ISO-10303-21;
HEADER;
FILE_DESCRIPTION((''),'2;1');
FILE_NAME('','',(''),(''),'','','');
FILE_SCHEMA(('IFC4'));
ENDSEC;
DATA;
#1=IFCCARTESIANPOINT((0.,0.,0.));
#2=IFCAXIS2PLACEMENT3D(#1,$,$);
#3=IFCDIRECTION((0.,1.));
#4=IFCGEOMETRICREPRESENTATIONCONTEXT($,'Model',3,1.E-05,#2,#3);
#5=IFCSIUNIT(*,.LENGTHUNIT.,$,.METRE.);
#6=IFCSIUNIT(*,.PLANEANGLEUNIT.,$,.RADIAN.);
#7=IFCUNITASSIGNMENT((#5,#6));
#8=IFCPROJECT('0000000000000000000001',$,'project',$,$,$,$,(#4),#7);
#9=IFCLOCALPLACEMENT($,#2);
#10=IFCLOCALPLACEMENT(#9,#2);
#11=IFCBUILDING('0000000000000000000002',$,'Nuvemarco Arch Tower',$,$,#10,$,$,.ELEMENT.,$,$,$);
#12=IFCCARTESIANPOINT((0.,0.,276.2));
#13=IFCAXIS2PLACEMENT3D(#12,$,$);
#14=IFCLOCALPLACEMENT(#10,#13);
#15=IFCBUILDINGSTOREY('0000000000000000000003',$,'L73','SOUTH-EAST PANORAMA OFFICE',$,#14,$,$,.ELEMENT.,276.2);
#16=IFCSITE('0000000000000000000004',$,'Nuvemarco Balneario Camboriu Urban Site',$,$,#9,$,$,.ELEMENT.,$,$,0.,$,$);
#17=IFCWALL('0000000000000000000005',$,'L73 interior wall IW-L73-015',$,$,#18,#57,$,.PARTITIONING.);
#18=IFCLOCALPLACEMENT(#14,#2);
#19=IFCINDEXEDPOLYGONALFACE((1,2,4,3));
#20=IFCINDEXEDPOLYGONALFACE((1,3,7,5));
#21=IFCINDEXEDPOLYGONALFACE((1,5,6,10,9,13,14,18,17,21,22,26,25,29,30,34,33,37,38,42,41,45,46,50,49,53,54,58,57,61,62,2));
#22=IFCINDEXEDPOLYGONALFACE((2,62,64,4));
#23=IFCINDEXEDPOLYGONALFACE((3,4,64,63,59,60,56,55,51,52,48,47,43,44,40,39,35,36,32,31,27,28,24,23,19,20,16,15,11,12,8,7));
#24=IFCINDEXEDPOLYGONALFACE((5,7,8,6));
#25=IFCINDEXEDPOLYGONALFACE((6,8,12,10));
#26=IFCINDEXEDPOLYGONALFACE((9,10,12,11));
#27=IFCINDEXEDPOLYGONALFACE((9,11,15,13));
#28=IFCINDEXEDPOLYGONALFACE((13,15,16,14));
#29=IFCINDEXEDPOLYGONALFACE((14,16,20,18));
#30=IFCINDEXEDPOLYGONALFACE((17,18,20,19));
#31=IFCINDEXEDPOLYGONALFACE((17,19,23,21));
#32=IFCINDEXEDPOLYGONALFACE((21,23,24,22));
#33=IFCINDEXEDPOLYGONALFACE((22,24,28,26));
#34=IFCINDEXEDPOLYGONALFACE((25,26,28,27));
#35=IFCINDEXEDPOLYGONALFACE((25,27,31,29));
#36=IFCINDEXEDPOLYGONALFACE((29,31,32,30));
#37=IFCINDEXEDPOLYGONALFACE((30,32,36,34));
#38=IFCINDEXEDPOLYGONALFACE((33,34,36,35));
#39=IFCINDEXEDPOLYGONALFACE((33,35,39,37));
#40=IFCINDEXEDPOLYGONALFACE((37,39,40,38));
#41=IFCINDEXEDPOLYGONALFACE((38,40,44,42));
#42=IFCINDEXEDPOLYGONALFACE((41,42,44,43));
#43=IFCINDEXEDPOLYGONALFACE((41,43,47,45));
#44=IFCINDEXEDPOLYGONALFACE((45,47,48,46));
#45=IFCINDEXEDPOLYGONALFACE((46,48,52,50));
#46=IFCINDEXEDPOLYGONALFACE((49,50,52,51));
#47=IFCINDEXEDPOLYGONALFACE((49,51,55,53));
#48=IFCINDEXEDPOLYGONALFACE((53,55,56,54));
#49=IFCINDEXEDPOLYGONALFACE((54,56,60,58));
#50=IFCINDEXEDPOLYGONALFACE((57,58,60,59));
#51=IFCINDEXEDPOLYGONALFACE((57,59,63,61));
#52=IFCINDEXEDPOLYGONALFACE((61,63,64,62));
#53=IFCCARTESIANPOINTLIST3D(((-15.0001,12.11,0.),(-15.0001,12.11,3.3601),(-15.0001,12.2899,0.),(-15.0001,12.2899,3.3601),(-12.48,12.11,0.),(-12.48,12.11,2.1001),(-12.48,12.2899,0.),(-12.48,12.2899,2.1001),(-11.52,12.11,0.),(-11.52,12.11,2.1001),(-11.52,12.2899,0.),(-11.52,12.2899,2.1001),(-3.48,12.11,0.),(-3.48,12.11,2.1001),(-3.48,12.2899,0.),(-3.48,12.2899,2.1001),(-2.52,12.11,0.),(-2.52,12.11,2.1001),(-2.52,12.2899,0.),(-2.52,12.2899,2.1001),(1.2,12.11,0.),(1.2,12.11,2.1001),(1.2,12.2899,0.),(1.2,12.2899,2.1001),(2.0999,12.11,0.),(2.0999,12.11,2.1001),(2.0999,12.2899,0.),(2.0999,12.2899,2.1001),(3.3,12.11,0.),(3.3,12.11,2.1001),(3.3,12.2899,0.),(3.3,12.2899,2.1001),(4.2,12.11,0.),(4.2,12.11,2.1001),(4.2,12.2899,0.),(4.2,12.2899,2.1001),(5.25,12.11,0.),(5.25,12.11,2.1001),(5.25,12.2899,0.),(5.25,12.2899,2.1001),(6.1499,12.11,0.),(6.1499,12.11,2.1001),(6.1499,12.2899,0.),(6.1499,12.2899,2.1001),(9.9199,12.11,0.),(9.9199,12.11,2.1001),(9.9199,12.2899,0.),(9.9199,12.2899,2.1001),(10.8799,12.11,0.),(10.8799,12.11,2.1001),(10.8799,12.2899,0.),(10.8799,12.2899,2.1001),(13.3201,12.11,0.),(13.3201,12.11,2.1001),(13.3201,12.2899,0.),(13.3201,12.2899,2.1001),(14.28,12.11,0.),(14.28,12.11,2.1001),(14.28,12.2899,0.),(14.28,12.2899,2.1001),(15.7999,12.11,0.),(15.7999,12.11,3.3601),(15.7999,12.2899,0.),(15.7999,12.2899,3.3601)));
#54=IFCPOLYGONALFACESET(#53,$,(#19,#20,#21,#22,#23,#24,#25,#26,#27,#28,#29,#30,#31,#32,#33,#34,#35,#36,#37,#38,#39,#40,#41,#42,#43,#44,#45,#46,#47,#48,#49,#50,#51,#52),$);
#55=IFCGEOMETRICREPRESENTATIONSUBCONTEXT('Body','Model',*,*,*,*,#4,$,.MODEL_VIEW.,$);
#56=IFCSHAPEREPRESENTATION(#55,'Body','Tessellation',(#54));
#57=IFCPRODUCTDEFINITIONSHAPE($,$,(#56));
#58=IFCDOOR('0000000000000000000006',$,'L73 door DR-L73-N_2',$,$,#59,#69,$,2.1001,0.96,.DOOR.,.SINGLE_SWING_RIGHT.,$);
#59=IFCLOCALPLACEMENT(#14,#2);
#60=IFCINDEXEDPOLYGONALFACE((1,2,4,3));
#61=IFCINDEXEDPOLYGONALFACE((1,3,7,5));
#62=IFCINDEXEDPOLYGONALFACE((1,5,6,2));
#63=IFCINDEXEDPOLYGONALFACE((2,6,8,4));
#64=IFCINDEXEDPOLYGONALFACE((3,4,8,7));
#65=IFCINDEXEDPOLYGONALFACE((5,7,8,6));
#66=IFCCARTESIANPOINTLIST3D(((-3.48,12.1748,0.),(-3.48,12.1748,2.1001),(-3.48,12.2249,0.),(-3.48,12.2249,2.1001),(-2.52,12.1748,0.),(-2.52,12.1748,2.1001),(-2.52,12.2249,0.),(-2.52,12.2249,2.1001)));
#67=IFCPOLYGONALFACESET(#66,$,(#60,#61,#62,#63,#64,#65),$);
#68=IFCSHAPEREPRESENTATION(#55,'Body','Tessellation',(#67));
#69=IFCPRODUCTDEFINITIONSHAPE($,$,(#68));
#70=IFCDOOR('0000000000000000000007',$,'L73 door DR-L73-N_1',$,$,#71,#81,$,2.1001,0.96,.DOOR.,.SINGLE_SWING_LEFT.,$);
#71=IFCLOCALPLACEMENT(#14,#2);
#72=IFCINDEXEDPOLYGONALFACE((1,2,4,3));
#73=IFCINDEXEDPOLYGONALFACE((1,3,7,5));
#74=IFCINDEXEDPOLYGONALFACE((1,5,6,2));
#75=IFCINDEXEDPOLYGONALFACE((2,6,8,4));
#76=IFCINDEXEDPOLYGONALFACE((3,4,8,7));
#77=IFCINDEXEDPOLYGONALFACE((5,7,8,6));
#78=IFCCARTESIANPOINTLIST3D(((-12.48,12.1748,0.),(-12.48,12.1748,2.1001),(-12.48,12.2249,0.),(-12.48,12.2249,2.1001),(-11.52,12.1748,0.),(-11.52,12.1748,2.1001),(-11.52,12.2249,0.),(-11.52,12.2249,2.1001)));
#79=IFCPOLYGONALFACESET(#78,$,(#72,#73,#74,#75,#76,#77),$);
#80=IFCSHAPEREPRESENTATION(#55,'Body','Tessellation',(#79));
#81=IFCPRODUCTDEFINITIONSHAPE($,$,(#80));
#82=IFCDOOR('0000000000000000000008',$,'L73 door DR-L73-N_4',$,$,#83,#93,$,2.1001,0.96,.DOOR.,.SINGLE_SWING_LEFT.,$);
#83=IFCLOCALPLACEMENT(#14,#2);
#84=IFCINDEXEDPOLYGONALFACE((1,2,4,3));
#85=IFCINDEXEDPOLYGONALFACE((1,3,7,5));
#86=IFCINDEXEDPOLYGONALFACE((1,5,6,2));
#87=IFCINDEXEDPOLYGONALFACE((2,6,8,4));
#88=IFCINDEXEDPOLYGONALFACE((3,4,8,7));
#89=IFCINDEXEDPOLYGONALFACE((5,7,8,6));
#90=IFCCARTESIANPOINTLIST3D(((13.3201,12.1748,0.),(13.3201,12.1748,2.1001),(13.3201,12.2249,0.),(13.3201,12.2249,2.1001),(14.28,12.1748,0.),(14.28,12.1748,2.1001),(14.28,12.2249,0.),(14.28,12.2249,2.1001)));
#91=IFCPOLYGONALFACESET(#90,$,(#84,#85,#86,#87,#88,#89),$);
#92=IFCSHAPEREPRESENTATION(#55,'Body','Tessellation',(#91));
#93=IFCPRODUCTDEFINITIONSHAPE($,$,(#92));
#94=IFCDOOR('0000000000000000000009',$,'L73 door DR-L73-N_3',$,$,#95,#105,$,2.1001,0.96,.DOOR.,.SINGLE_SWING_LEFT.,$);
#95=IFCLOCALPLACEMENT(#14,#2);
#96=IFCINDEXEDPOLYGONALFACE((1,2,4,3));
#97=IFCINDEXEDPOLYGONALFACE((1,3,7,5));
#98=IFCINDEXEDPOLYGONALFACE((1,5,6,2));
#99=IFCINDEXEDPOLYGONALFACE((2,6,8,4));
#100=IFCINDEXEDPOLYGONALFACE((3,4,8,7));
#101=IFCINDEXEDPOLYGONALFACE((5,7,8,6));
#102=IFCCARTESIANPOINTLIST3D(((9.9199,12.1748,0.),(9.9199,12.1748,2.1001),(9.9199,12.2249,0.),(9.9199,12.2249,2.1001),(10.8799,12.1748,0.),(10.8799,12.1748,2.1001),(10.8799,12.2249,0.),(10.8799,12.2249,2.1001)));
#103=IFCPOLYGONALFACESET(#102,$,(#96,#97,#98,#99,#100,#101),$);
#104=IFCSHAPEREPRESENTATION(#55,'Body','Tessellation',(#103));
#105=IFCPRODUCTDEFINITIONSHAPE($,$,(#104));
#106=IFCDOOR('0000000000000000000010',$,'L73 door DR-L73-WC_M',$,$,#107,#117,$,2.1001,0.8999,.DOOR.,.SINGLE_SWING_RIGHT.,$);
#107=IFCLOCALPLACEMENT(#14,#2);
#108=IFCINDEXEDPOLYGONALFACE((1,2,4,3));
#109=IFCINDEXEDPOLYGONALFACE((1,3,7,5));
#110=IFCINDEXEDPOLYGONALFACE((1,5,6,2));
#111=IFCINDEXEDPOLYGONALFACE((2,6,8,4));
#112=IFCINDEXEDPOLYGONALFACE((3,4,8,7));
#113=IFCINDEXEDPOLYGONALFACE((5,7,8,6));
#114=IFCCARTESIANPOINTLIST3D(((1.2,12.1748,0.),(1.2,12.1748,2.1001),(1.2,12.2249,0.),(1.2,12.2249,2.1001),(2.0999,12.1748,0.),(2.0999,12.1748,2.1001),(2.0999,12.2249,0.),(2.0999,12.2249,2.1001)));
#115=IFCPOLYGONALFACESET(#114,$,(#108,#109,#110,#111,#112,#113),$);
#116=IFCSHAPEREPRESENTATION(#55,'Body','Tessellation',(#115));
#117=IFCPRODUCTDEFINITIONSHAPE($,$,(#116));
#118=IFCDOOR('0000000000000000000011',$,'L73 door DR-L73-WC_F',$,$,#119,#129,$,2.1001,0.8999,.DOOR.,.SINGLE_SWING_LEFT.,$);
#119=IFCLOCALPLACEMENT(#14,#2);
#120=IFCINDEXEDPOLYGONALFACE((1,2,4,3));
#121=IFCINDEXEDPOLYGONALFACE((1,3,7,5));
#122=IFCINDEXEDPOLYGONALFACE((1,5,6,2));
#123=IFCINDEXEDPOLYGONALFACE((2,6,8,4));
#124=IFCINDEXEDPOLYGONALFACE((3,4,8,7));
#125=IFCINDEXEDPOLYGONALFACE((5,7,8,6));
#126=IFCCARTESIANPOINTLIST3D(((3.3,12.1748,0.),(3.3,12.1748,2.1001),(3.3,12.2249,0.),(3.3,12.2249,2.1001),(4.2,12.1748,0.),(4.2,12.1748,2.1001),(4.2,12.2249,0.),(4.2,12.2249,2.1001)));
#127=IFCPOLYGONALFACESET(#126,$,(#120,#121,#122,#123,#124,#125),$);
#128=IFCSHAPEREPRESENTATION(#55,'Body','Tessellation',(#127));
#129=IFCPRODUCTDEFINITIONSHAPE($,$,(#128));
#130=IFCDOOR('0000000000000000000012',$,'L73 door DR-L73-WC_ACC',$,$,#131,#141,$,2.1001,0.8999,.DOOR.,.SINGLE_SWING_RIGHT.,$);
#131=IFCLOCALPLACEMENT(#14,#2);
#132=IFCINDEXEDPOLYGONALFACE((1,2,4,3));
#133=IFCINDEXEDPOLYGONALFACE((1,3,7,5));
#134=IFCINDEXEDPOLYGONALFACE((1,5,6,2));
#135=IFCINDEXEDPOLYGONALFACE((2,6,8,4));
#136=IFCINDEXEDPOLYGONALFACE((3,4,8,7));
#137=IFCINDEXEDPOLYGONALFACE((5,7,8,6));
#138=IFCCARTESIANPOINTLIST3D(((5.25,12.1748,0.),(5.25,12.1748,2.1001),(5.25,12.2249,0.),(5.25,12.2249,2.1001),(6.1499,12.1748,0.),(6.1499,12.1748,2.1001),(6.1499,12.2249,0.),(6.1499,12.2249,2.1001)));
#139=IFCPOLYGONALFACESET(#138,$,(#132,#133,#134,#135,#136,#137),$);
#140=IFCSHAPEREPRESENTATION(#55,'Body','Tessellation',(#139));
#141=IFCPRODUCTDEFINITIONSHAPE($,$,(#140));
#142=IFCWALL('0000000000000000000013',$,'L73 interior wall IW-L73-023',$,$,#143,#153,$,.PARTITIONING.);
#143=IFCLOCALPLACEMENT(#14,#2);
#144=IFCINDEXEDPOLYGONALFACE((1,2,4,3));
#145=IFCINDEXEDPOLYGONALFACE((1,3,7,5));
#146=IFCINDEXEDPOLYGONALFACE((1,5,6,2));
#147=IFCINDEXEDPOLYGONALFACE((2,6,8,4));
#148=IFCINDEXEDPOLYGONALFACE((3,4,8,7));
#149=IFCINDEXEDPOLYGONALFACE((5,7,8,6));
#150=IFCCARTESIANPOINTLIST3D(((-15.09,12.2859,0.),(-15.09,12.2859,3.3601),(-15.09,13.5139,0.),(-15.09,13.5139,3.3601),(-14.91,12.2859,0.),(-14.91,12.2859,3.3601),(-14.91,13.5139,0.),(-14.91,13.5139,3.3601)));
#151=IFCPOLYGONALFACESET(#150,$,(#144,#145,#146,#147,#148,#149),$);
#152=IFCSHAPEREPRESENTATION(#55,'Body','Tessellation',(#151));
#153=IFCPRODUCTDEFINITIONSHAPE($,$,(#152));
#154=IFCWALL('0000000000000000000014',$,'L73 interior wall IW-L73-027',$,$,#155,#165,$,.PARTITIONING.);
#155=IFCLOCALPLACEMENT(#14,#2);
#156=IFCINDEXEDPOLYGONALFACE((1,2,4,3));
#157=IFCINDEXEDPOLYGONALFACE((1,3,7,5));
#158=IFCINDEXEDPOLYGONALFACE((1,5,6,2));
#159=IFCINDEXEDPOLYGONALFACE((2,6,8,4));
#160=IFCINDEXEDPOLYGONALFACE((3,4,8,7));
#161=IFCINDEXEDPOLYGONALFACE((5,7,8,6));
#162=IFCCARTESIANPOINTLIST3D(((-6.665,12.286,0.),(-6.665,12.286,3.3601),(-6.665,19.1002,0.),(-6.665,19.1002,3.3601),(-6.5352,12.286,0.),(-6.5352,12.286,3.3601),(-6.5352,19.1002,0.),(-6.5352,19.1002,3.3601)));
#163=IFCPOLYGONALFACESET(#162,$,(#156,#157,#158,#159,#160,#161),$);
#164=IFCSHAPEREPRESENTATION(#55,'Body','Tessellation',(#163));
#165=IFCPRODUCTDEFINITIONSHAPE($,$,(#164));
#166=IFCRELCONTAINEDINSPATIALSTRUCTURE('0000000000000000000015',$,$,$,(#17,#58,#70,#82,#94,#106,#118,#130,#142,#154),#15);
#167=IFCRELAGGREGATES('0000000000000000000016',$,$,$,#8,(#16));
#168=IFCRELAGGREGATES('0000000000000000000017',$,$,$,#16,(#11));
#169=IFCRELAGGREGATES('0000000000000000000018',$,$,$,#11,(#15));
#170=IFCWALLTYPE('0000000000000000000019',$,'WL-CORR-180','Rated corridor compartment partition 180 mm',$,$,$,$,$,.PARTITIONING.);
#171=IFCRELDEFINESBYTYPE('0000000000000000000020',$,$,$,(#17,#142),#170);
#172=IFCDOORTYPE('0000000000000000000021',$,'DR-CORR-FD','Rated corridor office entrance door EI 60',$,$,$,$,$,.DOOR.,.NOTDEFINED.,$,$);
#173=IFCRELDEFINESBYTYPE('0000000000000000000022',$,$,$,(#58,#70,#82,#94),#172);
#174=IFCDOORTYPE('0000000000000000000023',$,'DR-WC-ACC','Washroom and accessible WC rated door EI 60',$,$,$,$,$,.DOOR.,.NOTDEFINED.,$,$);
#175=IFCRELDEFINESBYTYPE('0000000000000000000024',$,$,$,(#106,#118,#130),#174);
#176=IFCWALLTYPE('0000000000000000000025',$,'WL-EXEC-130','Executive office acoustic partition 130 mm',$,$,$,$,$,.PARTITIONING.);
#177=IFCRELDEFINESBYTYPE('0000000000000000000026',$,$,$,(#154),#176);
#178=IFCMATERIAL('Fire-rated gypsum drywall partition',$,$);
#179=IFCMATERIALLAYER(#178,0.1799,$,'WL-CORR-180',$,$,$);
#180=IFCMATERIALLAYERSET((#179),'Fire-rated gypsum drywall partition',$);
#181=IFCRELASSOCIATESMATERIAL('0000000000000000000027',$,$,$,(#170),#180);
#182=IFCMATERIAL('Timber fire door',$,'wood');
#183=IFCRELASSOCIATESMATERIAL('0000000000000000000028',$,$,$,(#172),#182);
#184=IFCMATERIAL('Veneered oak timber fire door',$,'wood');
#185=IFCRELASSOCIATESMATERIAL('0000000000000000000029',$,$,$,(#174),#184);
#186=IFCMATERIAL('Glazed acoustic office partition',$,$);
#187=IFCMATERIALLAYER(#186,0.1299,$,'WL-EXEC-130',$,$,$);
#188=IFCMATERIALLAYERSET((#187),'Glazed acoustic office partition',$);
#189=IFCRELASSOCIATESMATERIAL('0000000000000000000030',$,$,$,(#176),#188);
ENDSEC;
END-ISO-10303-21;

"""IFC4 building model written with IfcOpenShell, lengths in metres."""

from ifc_helpers import new_model, si_unit, direction, frame, frame_2d, origin, place, context, subcontext, project, spatial, rectangle, extrude, source, transform, mapped, material, layer, layer_set, type_object, type_shapes, element, fill, save


model = new_model("IFC4")

# Units and contexts
model_context = context("Model", 3, precision=1e-05, world=origin(), true_north=direction((0.0, 1.0)))
body_context = subcontext(model_context, "Body", "Model", "MODEL_VIEW")
ifc_project = project(units=[si_unit("LENGTHUNIT", "METRE"), si_unit("PLANEANGLEUNIT", "RADIAN")], contexts=[model_context])

# Site, building, storey
site_placement = place(None, origin())
site = spatial("IfcSite", under=ifc_project, at=site_placement, Name="Nuvemarco Balneario Camboriu Urban Site", CompositionType="ELEMENT", RefElevation=0.0)
building_placement = place(site_placement, origin())
building = spatial("IfcBuilding", under=site, at=building_placement, Name="Nuvemarco Arch Tower", CompositionType="ELEMENT")
storey_placement = place(building_placement, frame((0.0, 0.0, 276.2)))
storey = spatial("IfcBuildingStorey", under=building, at=storey_placement, Name="L73", Description="SOUTH-EAST PANORAMA OFFICE", CompositionType="ELEMENT", Elevation=276.2)

# Shared definitions
ifc_material_1 = material(Name="Fire-rated gypsum drywall partition")
ifc_layer_1 = layer(ifc_material_1, 0.1799, Name="WL-CORR-180")
ifc_layer_set_1 = layer_set([ifc_layer_1], Name="Fire-rated gypsum drywall partition")
wall_type_1 = type_object("IfcWallType", Name="WL-CORR-180", Description="Rated corridor compartment partition 180 mm", PredefinedType="PARTITIONING", material=ifc_layer_set_1)

# Wall, openings, doors
wall_1_placement = place(storey_placement, frame((-15.0, 12.2, 0.0), z_axis=(0.0, 0.0, 1.0), x_axis=(1.0, 0.0, 0.0)))
wall_1 = element("IfcWall", 1, at=wall_1_placement, inside=storey, type_object=wall_type_1, Name="L73 interior wall IW-L73-015", PredefinedType="PARTITIONING", context=body_context, shape_type="SweptSolid", body=[
    extrude(rectangle(XDim=30.8, YDim=0.1799, at=frame_2d((15.3999, 0.0))), origin(), (0.0, 0.0, 1.0), 3.3601),
])
opening_1_placement = place(wall_1_placement, frame((11.52, 0.0, 0.0)))
opening_1 = element("IfcOpeningElement", 2, at=opening_1_placement, cuts=wall_1, PredefinedType="OPENING", context=body_context, shape_type="SweptSolid", body=[
    extrude(rectangle(XDim=0.96, YDim=2.1001, at=frame_2d((0.48, 1.05))), frame((0.0, 0.0999, 0.0), z_axis=(0.0, -1.0, 0.0), x_axis=(1.0, 0.0, 0.0)), (0.0, 0.0, 1.0), 0.2),
])
opening_2_placement = place(wall_1_placement, frame((2.52, 0.0, 0.0)))
opening_2 = element("IfcOpeningElement", 3, at=opening_2_placement, cuts=wall_1, PredefinedType="OPENING", context=body_context, shape_type="SweptSolid", body=[
    extrude(rectangle(XDim=0.96, YDim=2.1001, at=frame_2d((0.48, 1.05))), frame((0.0, 0.0999, 0.0), z_axis=(0.0, -1.0, 0.0), x_axis=(1.0, 0.0, 0.0)), (0.0, 0.0, 1.0), 0.2),
])
opening_3_placement = place(wall_1_placement, frame((28.3201, 0.0, 0.0)))
opening_3 = element("IfcOpeningElement", 4, at=opening_3_placement, cuts=wall_1, PredefinedType="OPENING", context=body_context, shape_type="SweptSolid", body=[
    extrude(rectangle(XDim=0.96, YDim=2.1001, at=frame_2d((0.48, 1.05))), frame((0.0, 0.0999, 0.0), z_axis=(0.0, -1.0, 0.0), x_axis=(1.0, 0.0, 0.0)), (0.0, 0.0, 1.0), 0.2),
])
opening_4_placement = place(wall_1_placement, frame((24.9199, 0.0, 0.0)))
opening_4 = element("IfcOpeningElement", 5, at=opening_4_placement, cuts=wall_1, PredefinedType="OPENING", context=body_context, shape_type="SweptSolid", body=[
    extrude(rectangle(XDim=0.96, YDim=2.1001, at=frame_2d((0.48, 1.05))), frame((0.0, 0.0999, 0.0), z_axis=(0.0, -1.0, 0.0), x_axis=(1.0, 0.0, 0.0)), (0.0, 0.0, 1.0), 0.2),
])
opening_5_placement = place(wall_1_placement, frame((16.2, 0.0, 0.0)))
opening_5 = element("IfcOpeningElement", 6, at=opening_5_placement, cuts=wall_1, PredefinedType="OPENING", context=body_context, shape_type="SweptSolid", body=[
    extrude(rectangle(XDim=0.8999, YDim=2.1001, at=frame_2d((0.45, 1.05))), frame((0.0, 0.0999, 0.0), z_axis=(0.0, -1.0, 0.0), x_axis=(1.0, 0.0, 0.0)), (0.0, 0.0, 1.0), 0.2),
])
opening_6_placement = place(wall_1_placement, frame((18.3, 0.0, 0.0)))
opening_6 = element("IfcOpeningElement", 7, at=opening_6_placement, cuts=wall_1, PredefinedType="OPENING", context=body_context, shape_type="SweptSolid", body=[
    extrude(rectangle(XDim=0.8999, YDim=2.1001, at=frame_2d((0.45, 1.05))), frame((0.0, 0.0999, 0.0), z_axis=(0.0, -1.0, 0.0), x_axis=(1.0, 0.0, 0.0)), (0.0, 0.0, 1.0), 0.2),
])
opening_7_placement = place(wall_1_placement, frame((20.25, 0.0, 0.0)))
opening_7 = element("IfcOpeningElement", 8, at=opening_7_placement, cuts=wall_1, PredefinedType="OPENING", context=body_context, shape_type="SweptSolid", body=[
    extrude(rectangle(XDim=0.8999, YDim=2.1001, at=frame_2d((0.45, 1.05))), frame((0.0, 0.0999, 0.0), z_axis=(0.0, -1.0, 0.0), x_axis=(1.0, 0.0, 0.0)), (0.0, 0.0, 1.0), 0.2),
])
ifc_material_2 = material(Name="Timber fire door", Category="wood")
door_type_1 = type_object("IfcDoorType", Name="DR-CORR-FD", Description="Rated corridor office entrance door EI 60", OperationType="NOTDEFINED", PredefinedType="DOOR", material=ifc_material_2)
shared_shape_1 = source(origin(), body_context, "Body", "SweptSolid", [
    extrude(rectangle(XDim=0.96, YDim=2.1001, at=frame_2d((0.48, 1.05))), frame((0.0, 0.0249, 0.0), z_axis=(0.0, -1.0, 0.0), x_axis=(1.0, 0.0, 0.0)), (0.0, 0.0, 1.0), 0.05),
])
type_shapes(door_type_1, [shared_shape_1])
door_1_placement = place(opening_1_placement, origin())
door_1 = element("IfcDoor", 9, at=door_1_placement, inside=storey, type_object=door_type_1, Name="L73 door DR-L73-N_2", OperationType="SINGLE_SWING_RIGHT", OverallHeight=2.1001, OverallWidth=0.96, PredefinedType="DOOR", context=body_context, shape_type="MappedRepresentation", body=[
    mapped(shared_shape_1, transform((0.0, 0.0, 0.0), scale=1.0)),
])
fill(opening_1, door_1)
door_2_placement = place(opening_2_placement, origin())
door_2 = element("IfcDoor", 10, at=door_2_placement, inside=storey, type_object=door_type_1, Name="L73 door DR-L73-N_1", OperationType="SINGLE_SWING_LEFT", OverallHeight=2.1001, OverallWidth=0.96, PredefinedType="DOOR", context=body_context, shape_type="MappedRepresentation", body=[
    mapped(shared_shape_1, transform((0.0, 0.0, 0.0), scale=1.0)),
])
fill(opening_2, door_2)
door_3_placement = place(opening_3_placement, origin())
door_3 = element("IfcDoor", 11, at=door_3_placement, inside=storey, type_object=door_type_1, Name="L73 door DR-L73-N_4", OperationType="SINGLE_SWING_LEFT", OverallHeight=2.1001, OverallWidth=0.96, PredefinedType="DOOR", context=body_context, shape_type="MappedRepresentation", body=[
    mapped(shared_shape_1, transform((0.0, 0.0, 0.0), scale=1.0)),
])
fill(opening_3, door_3)
door_4_placement = place(opening_4_placement, origin())
door_4 = element("IfcDoor", 12, at=door_4_placement, inside=storey, type_object=door_type_1, Name="L73 door DR-L73-N_3", OperationType="SINGLE_SWING_LEFT", OverallHeight=2.1001, OverallWidth=0.96, PredefinedType="DOOR", context=body_context, shape_type="MappedRepresentation", body=[
    mapped(shared_shape_1, transform((0.0, 0.0, 0.0), scale=1.0)),
])
fill(opening_4, door_4)
ifc_material_3 = material(Name="Veneered oak timber fire door", Category="wood")
door_type_2 = type_object("IfcDoorType", Name="DR-WC-ACC", Description="Washroom and accessible WC rated door EI 60", OperationType="NOTDEFINED", PredefinedType="DOOR", material=ifc_material_3)
shared_shape_2 = source(origin(), body_context, "Body", "SweptSolid", [
    extrude(rectangle(XDim=0.8999, YDim=2.1001, at=frame_2d((0.45, 1.05))), frame((0.0, 0.0249, 0.0), z_axis=(0.0, -1.0, 0.0), x_axis=(1.0, 0.0, 0.0)), (0.0, 0.0, 1.0), 0.05),
])
type_shapes(door_type_2, [shared_shape_2])
door_5_placement = place(opening_5_placement, origin())
door_5 = element("IfcDoor", 13, at=door_5_placement, inside=storey, type_object=door_type_2, Name="L73 door DR-L73-WC_M", OperationType="SINGLE_SWING_RIGHT", OverallHeight=2.1001, OverallWidth=0.8999, PredefinedType="DOOR", context=body_context, shape_type="MappedRepresentation", body=[
    mapped(shared_shape_2, transform((0.0, 0.0, 0.0), scale=1.0)),
])
fill(opening_5, door_5)
door_6_placement = place(opening_6_placement, origin())
door_6 = element("IfcDoor", 14, at=door_6_placement, inside=storey, type_object=door_type_2, Name="L73 door DR-L73-WC_F", OperationType="SINGLE_SWING_LEFT", OverallHeight=2.1001, OverallWidth=0.8999, PredefinedType="DOOR", context=body_context, shape_type="MappedRepresentation", body=[
    mapped(shared_shape_2, transform((0.0, 0.0, 0.0), scale=1.0)),
])
fill(opening_6, door_6)
door_7_placement = place(opening_7_placement, origin())
door_7 = element("IfcDoor", 15, at=door_7_placement, inside=storey, type_object=door_type_2, Name="L73 door DR-L73-WC_ACC", OperationType="SINGLE_SWING_RIGHT", OverallHeight=2.1001, OverallWidth=0.8999, PredefinedType="DOOR", context=body_context, shape_type="MappedRepresentation", body=[
    mapped(shared_shape_2, transform((0.0, 0.0, 0.0), scale=1.0)),
])
fill(opening_7, door_7)

# Walls
wall_2_placement = place(storey_placement, frame((-15.0, 12.2859, 0.0), z_axis=(0.0, 0.0, 1.0), x_axis=(0.0, 1.0, 0.0)))
element("IfcWall", 16, at=wall_2_placement, inside=storey, type_object=wall_type_1, Name="L73 interior wall IW-L73-023", PredefinedType="PARTITIONING", context=body_context, shape_type="SweptSolid", body=[
    extrude(rectangle(XDim=1.228, YDim=0.1799, at=frame_2d((0.614, 0.0))), origin(), (0.0, 0.0, 1.0), 3.3601),
])
ifc_material_4 = material(Name="Glazed acoustic office partition")
ifc_layer_2 = layer(ifc_material_4, 0.1299, Name="WL-EXEC-130")
ifc_layer_set_2 = layer_set([ifc_layer_2], Name="Glazed acoustic office partition")
wall_type_2 = type_object("IfcWallType", Name="WL-EXEC-130", Description="Executive office acoustic partition 130 mm", PredefinedType="PARTITIONING", material=ifc_layer_set_2)
wall_3_placement = place(storey_placement, frame((-6.6001, 12.2859, 0.0), z_axis=(0.0, 0.0, 1.0), x_axis=(0.0, 1.0, 0.0)))
element("IfcWall", 17, at=wall_3_placement, inside=storey, type_object=wall_type_2, Name="L73 interior wall IW-L73-027", PredefinedType="PARTITIONING", context=body_context, shape_type="SweptSolid", body=[
    extrude(rectangle(XDim=6.8142, YDim=0.1299, at=frame_2d((3.4072, 0.0))), origin(), (0.0, 0.0, 1.0), 3.3601),
])

save(model, "model.ifc")
